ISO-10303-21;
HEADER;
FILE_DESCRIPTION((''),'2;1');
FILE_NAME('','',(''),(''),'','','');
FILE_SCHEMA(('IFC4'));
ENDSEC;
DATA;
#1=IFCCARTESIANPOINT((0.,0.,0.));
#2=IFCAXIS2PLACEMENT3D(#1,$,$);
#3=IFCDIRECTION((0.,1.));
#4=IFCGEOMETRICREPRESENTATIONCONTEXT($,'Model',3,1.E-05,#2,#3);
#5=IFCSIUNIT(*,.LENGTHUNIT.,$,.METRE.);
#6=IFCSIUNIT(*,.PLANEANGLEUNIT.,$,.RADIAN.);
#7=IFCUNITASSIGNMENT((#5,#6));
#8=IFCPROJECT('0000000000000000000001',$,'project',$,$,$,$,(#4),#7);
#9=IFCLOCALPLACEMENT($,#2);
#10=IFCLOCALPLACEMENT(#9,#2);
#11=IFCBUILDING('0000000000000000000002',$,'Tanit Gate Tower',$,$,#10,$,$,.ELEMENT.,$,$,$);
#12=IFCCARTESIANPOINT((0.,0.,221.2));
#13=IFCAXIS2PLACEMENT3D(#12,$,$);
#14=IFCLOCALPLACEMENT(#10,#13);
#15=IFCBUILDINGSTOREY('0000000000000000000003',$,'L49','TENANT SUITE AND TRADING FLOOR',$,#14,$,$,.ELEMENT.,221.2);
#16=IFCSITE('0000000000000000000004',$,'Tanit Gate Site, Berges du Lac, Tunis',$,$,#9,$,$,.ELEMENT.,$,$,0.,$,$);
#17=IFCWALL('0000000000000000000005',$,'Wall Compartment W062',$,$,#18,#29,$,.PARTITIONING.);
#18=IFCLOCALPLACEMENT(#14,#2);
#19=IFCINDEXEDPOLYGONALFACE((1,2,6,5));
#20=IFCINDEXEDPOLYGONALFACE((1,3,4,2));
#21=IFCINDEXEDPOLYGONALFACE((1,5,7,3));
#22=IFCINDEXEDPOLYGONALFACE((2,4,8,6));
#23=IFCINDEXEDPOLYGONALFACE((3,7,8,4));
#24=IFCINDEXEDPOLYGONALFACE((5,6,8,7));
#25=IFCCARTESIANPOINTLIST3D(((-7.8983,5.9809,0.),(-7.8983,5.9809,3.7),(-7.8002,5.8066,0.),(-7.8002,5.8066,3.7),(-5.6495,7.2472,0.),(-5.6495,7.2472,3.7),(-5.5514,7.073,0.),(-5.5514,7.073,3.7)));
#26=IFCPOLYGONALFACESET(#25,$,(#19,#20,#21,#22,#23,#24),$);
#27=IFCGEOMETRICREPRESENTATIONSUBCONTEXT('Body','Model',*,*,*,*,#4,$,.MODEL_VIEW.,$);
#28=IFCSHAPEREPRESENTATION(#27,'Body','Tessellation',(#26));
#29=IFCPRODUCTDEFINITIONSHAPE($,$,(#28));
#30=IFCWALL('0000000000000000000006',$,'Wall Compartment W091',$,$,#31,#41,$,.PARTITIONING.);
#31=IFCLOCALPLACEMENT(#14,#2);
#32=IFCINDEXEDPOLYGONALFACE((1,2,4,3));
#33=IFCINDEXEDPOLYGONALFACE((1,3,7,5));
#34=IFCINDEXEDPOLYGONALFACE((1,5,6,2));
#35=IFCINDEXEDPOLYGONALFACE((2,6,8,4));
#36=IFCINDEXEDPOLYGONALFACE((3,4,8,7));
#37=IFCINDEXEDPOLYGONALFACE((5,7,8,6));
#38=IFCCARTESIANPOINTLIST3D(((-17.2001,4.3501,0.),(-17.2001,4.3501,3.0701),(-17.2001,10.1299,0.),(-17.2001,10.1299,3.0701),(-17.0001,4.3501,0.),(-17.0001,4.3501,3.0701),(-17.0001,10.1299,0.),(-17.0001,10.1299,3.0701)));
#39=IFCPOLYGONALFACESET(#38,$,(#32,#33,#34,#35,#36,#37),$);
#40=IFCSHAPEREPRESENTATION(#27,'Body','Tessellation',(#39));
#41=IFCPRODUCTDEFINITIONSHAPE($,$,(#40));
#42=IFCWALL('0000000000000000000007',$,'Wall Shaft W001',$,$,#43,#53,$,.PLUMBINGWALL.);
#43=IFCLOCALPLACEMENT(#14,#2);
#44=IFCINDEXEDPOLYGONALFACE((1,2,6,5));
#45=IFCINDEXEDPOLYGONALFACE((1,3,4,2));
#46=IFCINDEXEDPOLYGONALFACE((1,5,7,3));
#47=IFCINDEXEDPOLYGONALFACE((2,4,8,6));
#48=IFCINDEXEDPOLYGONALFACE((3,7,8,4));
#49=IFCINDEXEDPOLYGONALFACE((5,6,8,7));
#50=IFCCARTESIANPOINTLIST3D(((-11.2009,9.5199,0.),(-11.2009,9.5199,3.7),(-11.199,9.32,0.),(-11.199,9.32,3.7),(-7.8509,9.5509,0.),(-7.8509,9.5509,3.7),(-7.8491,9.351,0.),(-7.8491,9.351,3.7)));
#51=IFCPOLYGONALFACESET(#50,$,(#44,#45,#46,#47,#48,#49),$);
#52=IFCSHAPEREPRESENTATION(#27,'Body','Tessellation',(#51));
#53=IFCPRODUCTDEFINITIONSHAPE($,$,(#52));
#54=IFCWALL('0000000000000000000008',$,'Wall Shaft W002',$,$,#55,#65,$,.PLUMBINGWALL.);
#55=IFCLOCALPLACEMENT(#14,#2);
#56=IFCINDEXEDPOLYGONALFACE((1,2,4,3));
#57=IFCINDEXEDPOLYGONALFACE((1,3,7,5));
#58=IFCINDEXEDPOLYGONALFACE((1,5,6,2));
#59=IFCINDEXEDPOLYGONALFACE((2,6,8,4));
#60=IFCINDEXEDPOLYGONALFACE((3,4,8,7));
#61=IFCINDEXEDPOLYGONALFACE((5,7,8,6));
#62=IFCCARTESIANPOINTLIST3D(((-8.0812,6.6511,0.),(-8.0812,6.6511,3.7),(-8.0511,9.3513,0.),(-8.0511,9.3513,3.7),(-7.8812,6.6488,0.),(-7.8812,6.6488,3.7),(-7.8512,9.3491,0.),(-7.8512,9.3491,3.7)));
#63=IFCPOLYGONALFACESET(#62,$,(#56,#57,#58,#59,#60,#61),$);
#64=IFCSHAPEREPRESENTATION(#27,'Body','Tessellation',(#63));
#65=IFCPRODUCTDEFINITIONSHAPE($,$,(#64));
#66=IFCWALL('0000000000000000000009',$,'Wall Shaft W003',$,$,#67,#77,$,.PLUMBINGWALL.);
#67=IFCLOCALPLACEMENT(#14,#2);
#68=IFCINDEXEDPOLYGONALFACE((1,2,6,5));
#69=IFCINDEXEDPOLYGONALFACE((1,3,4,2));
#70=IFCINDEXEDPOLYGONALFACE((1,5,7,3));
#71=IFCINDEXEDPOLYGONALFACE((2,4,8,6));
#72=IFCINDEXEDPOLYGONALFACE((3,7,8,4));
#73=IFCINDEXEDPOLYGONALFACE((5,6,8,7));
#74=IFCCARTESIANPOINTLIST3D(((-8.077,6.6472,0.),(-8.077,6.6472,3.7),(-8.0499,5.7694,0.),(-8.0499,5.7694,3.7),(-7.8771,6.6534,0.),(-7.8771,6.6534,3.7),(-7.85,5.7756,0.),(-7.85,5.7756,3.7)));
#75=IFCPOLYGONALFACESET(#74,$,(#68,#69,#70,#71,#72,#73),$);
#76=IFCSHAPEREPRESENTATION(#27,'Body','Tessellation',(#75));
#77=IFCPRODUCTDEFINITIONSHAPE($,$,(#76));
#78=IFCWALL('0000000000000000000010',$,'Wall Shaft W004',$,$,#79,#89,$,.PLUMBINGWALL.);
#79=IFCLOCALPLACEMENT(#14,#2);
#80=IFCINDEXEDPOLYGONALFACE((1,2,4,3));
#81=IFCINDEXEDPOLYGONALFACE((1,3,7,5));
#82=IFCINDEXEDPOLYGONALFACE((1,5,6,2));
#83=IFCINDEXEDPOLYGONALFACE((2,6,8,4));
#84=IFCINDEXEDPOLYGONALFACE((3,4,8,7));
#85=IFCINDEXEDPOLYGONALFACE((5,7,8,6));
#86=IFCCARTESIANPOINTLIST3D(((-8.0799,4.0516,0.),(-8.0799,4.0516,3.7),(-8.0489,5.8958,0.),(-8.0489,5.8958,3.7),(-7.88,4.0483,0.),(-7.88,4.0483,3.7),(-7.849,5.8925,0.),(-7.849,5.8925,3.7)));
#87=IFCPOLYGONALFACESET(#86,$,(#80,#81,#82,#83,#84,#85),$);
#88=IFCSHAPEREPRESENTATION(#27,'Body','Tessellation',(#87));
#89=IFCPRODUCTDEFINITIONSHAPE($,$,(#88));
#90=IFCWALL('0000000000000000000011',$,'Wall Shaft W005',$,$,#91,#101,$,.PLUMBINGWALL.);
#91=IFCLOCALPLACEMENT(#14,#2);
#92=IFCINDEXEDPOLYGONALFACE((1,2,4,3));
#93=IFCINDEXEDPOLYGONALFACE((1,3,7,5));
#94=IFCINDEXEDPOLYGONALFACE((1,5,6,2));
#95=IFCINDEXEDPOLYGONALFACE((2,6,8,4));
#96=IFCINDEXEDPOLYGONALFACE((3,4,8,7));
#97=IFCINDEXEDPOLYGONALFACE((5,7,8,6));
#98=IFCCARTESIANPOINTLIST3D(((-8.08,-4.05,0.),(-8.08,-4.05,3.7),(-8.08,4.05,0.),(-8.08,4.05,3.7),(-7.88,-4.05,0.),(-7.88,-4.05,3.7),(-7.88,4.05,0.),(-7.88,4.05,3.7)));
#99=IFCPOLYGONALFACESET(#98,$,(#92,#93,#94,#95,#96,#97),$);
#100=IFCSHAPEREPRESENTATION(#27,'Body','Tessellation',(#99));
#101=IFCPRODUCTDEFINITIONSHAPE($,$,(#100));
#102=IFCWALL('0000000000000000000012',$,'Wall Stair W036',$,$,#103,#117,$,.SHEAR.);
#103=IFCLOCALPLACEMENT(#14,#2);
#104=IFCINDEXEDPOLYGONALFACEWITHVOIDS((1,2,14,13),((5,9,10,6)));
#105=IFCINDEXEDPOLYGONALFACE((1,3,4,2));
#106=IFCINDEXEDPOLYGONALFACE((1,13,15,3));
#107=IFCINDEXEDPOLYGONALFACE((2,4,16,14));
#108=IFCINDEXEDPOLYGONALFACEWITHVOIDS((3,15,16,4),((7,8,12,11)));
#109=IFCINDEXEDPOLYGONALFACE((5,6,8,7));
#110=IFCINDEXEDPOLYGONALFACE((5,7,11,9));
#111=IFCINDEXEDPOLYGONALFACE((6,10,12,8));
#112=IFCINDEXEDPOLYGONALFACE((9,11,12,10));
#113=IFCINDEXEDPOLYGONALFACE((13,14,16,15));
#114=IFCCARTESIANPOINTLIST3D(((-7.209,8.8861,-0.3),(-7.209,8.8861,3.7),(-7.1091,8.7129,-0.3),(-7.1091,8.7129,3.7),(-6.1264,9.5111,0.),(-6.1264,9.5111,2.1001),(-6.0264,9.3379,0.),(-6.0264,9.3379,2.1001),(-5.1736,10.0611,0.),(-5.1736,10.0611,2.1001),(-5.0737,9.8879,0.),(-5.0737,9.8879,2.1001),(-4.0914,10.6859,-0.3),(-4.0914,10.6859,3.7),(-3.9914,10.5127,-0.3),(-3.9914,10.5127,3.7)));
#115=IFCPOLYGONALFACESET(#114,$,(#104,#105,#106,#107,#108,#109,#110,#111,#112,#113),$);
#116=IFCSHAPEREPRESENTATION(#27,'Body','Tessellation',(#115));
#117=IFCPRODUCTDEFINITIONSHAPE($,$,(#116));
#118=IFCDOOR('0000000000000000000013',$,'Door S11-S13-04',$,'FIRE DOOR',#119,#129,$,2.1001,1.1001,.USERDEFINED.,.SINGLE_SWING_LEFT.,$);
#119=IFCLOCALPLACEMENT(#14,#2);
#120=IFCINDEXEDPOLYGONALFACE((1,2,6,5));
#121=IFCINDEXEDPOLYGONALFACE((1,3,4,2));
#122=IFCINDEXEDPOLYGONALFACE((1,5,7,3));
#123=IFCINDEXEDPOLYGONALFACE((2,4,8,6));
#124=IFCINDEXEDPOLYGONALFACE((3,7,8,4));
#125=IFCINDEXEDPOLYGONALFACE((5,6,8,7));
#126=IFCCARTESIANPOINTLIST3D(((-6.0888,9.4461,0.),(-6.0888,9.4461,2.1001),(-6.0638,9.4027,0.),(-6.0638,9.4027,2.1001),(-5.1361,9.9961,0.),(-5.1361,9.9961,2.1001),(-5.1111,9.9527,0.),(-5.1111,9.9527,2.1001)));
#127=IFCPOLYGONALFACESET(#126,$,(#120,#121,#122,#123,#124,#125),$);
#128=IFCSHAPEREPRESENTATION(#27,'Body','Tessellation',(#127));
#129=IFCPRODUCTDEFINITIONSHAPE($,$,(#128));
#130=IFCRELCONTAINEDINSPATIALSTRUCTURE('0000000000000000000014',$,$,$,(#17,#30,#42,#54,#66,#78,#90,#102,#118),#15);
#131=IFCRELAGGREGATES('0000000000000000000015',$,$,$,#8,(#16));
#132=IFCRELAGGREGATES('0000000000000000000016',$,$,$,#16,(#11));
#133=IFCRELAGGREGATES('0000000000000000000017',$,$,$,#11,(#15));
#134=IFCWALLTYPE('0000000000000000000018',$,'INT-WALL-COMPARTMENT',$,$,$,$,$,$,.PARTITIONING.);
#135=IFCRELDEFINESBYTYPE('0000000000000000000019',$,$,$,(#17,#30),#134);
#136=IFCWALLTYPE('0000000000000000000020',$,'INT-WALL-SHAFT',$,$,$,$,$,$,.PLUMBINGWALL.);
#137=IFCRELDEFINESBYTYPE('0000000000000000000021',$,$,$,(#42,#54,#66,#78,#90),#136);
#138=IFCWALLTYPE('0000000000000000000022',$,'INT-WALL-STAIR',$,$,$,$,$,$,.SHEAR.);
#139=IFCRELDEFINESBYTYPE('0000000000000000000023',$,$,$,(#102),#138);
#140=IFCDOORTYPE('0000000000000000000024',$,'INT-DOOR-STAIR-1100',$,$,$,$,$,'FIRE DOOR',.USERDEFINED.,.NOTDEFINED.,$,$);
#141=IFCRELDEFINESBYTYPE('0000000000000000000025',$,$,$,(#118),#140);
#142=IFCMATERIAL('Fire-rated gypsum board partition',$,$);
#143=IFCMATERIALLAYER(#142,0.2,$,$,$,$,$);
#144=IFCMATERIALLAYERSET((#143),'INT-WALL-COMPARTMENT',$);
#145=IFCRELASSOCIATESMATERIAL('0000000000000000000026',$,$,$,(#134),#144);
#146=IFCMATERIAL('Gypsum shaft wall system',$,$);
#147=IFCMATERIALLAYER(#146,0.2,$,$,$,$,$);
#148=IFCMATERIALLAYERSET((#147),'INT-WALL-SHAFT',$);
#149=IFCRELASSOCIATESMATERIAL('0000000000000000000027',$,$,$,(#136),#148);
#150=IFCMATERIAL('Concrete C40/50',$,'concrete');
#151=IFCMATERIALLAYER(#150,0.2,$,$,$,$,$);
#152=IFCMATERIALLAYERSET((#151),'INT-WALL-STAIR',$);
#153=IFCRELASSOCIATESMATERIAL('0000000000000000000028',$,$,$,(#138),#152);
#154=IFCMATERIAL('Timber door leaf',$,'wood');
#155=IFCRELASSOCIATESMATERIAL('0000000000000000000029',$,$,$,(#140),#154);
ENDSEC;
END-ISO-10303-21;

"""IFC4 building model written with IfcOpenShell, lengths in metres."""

from ifc_helpers import new_model, si_unit, direction, frame, frame_2d, origin, place, context, subcontext, project, spatial, rectangle, extrude, material, layer, layer_set, type_object, element, fill, save


model = new_model("IFC4")

# Units and contexts
model_context = context("Model", 3, precision=1e-05, world=origin(), true_north=direction((0.0, 1.0)))
body_context = subcontext(model_context, "Body", "Model", "MODEL_VIEW")
ifc_project = project(units=[si_unit("LENGTHUNIT", "METRE"), si_unit("PLANEANGLEUNIT", "RADIAN")], contexts=[model_context])

# Site, building, storey
site_placement = place(None, origin())
site = spatial("IfcSite", under=ifc_project, at=site_placement, Name="Tanit Gate Site, Berges du Lac, Tunis", CompositionType="ELEMENT", RefElevation=0.0)
building_placement = place(site_placement, origin())
building = spatial("IfcBuilding", under=site, at=building_placement, Name="Tanit Gate Tower", CompositionType="ELEMENT")
storey_placement = place(building_placement, frame((0.0, 0.0, 221.2)))
storey = spatial("IfcBuildingStorey", under=building, at=storey_placement, Name="L49", Description="TENANT SUITE AND TRADING FLOOR", CompositionType="ELEMENT", Elevation=221.2)

# Walls
ifc_material_1 = material(Name="Fire-rated gypsum board partition")
ifc_layer_1 = layer(ifc_material_1, 0.2)
ifc_layer_set_1 = layer_set([ifc_layer_1], Name="INT-WALL-COMPARTMENT")
wall_type_1 = type_object("IfcWallType", Name="INT-WALL-COMPARTMENT", PredefinedType="PARTITIONING", material=ifc_layer_set_1)
wall_1_placement = place(storey_placement, frame((-5.6003, 7.1602, 0.0), z_axis=(0.0, 0.0, 1.0), x_axis=(-0.87134, -0.490679, 0.0)))
element("IfcWall", 1, at=wall_1_placement, inside=storey, type_object=wall_type_1, Name="Wall Compartment W062", PredefinedType="PARTITIONING", context=body_context, shape_type="SweptSolid", body=[
    extrude(rectangle(XDim=2.5808, YDim=0.2, at=frame_2d((1.2905, 0.0))), origin(), (0.0, 0.0, 1.0), 3.7),
])
wall_2_placement = place(storey_placement, frame((-17.1001, 10.1299, 0.0), z_axis=(0.0, 0.0, 1.0), x_axis=(0.0, -1.0, 0.0)))
element("IfcWall", 2, at=wall_2_placement, inside=storey, type_object=wall_type_1, Name="Wall Compartment W091", PredefinedType="PARTITIONING", context=body_context, shape_type="SweptSolid", body=[
    extrude(rectangle(XDim=5.7798, YDim=0.2, at=frame_2d((2.8899, 0.0))), origin(), (0.0, 0.0, 1.0), 3.0701),
])
ifc_material_2 = material(Name="Gypsum shaft wall system")
ifc_layer_2 = layer(ifc_material_2, 0.2)
ifc_layer_set_2 = layer_set([ifc_layer_2], Name="INT-WALL-SHAFT")
wall_type_2 = type_object("IfcWallType", Name="INT-WALL-SHAFT", PredefinedType="PLUMBINGWALL", material=ifc_layer_set_2)
wall_3_placement = place(storey_placement, frame((-11.2, 9.4199, 0.0), z_axis=(0.0, 0.0, 1.0), x_axis=(0.999957, 0.009255, 0.0)))
element("IfcWall", 3, at=wall_3_placement, inside=storey, type_object=wall_type_2, Name="Wall Shaft W001", PredefinedType="PLUMBINGWALL", context=body_context, shape_type="SweptSolid", body=[
    extrude(rectangle(XDim=3.3501, YDim=0.2, at=frame_2d((1.675, 0.0))), origin(), (0.0, 0.0, 1.0), 3.7),
])
wall_4_placement = place(storey_placement, frame((-7.9512, 9.3501, 0.0), z_axis=(0.0, 0.0, 1.0), x_axis=(-0.01112, -0.999938, 0.0)))
element("IfcWall", 4, at=wall_4_placement, inside=storey, type_object=wall_type_2, Name="Wall Shaft W002", PredefinedType="PLUMBINGWALL", context=body_context, shape_type="SweptSolid", body=[
    extrude(rectangle(XDim=2.7004, YDim=0.2, at=frame_2d((1.3501, 0.0))), origin(), (0.0, 0.0, 1.0), 3.7),
])
wall_5_placement = place(storey_placement, frame((-7.9771, 6.6501, 0.0), z_axis=(0.0, 0.0, 1.0), x_axis=(0.030862, -0.999524, 0.0)))
element("IfcWall", 5, at=wall_5_placement, inside=storey, type_object=wall_type_2, Name="Wall Shaft W003", PredefinedType="PLUMBINGWALL", context=body_context, shape_type="SweptSolid", body=[
    extrude(rectangle(XDim=0.8782, YDim=0.2, at=frame_2d((0.439, 0.0))), origin(), (0.0, 0.0, 1.0), 3.7),
])
wall_6_placement = place(storey_placement, frame((-7.949, 5.8943, 0.0), z_axis=(0.0, 0.0, 1.0), x_axis=(-0.01681, -0.999859, 0.0)))
element("IfcWall", 6, at=wall_6_placement, inside=storey, type_object=wall_type_2, Name="Wall Shaft W004", PredefinedType="PLUMBINGWALL", context=body_context, shape_type="SweptSolid", body=[
    extrude(rectangle(XDim=1.8445, YDim=0.2, at=frame_2d((0.9224, 0.0))), origin(), (0.0, 0.0, 1.0), 3.7),
])
wall_7_placement = place(storey_placement, frame((-7.98, 4.05, 0.0), z_axis=(0.0, 0.0, 1.0), x_axis=(0.0, -1.0, 0.0)))
element("IfcWall", 7, at=wall_7_placement, inside=storey, type_object=wall_type_2, Name="Wall Shaft W005", PredefinedType="PLUMBINGWALL", context=body_context, shape_type="SweptSolid", body=[
    extrude(rectangle(XDim=8.1001, YDim=0.2, at=frame_2d((4.05, 0.0))), origin(), (0.0, 0.0, 1.0), 3.7),
])

# Wall, opening, door
ifc_material_3 = material(Name="Concrete C40/50", Category="concrete")
ifc_layer_3 = layer(ifc_material_3, 0.2)
ifc_layer_set_3 = layer_set([ifc_layer_3], Name="INT-WALL-STAIR")
wall_type_3 = type_object("IfcWallType", Name="INT-WALL-STAIR", PredefinedType="SHEAR", material=ifc_layer_set_3)
wall_8_placement = place(storey_placement, frame((-7.1589, 8.7996, -0.3), z_axis=(0.0, 0.0, 1.0), x_axis=(0.866048, 0.499961, 0.0)))
wall_8 = element("IfcWall", 8, at=wall_8_placement, inside=storey, type_object=wall_type_3, Name="Wall Stair W036", PredefinedType="SHEAR", context=body_context, shape_type="SweptSolid", body=[
    extrude(rectangle(XDim=3.5999, YDim=0.2, at=frame_2d((1.7998, 0.0))), origin(), (0.0, 0.0, 1.0), 4.0),
])
opening_1_placement = place(wall_8_placement, frame((1.25, 0.0, 0.3)))
opening_1 = element("IfcOpeningElement", 9, at=opening_1_placement, cuts=wall_8, PredefinedType="OPENING", context=body_context, shape_type="SweptSolid", body=[
    extrude(rectangle(XDim=1.1001, YDim=2.1001, at=frame_2d((0.55, 1.05))), frame((0.0, 0.1099, 0.0), z_axis=(0.0, -1.0, 0.0), x_axis=(1.0, 0.0, 0.0)), (0.0, 0.0, 1.0), 0.22),
])
ifc_material_4 = material(Name="Timber door leaf", Category="wood")
door_type_1 = type_object("IfcDoorType", Name="INT-DOOR-STAIR-1100", ElementType="FIRE DOOR", OperationType="NOTDEFINED", PredefinedType="USERDEFINED", material=ifc_material_4)
door_1_placement = place(opening_1_placement, origin())
door_1 = element("IfcDoor", 10, at=door_1_placement, inside=storey, type_object=door_type_1, Name="Door S11-S13-04", ObjectType="FIRE DOOR", OperationType="SINGLE_SWING_LEFT", OverallHeight=2.1001, OverallWidth=1.1001, PredefinedType="USERDEFINED", context=body_context, shape_type="SweptSolid", body=[
    extrude(rectangle(XDim=1.1001, YDim=2.1001, at=frame_2d((0.55, 1.05))), frame((0.0, 0.0249, 0.0), z_axis=(0.0, -1.0, 0.0), x_axis=(1.0, 0.0, 0.0)), (0.0, 0.0, 1.0), 0.05),
])
fill(opening_1, door_1)

save(model, "model.ifc")
